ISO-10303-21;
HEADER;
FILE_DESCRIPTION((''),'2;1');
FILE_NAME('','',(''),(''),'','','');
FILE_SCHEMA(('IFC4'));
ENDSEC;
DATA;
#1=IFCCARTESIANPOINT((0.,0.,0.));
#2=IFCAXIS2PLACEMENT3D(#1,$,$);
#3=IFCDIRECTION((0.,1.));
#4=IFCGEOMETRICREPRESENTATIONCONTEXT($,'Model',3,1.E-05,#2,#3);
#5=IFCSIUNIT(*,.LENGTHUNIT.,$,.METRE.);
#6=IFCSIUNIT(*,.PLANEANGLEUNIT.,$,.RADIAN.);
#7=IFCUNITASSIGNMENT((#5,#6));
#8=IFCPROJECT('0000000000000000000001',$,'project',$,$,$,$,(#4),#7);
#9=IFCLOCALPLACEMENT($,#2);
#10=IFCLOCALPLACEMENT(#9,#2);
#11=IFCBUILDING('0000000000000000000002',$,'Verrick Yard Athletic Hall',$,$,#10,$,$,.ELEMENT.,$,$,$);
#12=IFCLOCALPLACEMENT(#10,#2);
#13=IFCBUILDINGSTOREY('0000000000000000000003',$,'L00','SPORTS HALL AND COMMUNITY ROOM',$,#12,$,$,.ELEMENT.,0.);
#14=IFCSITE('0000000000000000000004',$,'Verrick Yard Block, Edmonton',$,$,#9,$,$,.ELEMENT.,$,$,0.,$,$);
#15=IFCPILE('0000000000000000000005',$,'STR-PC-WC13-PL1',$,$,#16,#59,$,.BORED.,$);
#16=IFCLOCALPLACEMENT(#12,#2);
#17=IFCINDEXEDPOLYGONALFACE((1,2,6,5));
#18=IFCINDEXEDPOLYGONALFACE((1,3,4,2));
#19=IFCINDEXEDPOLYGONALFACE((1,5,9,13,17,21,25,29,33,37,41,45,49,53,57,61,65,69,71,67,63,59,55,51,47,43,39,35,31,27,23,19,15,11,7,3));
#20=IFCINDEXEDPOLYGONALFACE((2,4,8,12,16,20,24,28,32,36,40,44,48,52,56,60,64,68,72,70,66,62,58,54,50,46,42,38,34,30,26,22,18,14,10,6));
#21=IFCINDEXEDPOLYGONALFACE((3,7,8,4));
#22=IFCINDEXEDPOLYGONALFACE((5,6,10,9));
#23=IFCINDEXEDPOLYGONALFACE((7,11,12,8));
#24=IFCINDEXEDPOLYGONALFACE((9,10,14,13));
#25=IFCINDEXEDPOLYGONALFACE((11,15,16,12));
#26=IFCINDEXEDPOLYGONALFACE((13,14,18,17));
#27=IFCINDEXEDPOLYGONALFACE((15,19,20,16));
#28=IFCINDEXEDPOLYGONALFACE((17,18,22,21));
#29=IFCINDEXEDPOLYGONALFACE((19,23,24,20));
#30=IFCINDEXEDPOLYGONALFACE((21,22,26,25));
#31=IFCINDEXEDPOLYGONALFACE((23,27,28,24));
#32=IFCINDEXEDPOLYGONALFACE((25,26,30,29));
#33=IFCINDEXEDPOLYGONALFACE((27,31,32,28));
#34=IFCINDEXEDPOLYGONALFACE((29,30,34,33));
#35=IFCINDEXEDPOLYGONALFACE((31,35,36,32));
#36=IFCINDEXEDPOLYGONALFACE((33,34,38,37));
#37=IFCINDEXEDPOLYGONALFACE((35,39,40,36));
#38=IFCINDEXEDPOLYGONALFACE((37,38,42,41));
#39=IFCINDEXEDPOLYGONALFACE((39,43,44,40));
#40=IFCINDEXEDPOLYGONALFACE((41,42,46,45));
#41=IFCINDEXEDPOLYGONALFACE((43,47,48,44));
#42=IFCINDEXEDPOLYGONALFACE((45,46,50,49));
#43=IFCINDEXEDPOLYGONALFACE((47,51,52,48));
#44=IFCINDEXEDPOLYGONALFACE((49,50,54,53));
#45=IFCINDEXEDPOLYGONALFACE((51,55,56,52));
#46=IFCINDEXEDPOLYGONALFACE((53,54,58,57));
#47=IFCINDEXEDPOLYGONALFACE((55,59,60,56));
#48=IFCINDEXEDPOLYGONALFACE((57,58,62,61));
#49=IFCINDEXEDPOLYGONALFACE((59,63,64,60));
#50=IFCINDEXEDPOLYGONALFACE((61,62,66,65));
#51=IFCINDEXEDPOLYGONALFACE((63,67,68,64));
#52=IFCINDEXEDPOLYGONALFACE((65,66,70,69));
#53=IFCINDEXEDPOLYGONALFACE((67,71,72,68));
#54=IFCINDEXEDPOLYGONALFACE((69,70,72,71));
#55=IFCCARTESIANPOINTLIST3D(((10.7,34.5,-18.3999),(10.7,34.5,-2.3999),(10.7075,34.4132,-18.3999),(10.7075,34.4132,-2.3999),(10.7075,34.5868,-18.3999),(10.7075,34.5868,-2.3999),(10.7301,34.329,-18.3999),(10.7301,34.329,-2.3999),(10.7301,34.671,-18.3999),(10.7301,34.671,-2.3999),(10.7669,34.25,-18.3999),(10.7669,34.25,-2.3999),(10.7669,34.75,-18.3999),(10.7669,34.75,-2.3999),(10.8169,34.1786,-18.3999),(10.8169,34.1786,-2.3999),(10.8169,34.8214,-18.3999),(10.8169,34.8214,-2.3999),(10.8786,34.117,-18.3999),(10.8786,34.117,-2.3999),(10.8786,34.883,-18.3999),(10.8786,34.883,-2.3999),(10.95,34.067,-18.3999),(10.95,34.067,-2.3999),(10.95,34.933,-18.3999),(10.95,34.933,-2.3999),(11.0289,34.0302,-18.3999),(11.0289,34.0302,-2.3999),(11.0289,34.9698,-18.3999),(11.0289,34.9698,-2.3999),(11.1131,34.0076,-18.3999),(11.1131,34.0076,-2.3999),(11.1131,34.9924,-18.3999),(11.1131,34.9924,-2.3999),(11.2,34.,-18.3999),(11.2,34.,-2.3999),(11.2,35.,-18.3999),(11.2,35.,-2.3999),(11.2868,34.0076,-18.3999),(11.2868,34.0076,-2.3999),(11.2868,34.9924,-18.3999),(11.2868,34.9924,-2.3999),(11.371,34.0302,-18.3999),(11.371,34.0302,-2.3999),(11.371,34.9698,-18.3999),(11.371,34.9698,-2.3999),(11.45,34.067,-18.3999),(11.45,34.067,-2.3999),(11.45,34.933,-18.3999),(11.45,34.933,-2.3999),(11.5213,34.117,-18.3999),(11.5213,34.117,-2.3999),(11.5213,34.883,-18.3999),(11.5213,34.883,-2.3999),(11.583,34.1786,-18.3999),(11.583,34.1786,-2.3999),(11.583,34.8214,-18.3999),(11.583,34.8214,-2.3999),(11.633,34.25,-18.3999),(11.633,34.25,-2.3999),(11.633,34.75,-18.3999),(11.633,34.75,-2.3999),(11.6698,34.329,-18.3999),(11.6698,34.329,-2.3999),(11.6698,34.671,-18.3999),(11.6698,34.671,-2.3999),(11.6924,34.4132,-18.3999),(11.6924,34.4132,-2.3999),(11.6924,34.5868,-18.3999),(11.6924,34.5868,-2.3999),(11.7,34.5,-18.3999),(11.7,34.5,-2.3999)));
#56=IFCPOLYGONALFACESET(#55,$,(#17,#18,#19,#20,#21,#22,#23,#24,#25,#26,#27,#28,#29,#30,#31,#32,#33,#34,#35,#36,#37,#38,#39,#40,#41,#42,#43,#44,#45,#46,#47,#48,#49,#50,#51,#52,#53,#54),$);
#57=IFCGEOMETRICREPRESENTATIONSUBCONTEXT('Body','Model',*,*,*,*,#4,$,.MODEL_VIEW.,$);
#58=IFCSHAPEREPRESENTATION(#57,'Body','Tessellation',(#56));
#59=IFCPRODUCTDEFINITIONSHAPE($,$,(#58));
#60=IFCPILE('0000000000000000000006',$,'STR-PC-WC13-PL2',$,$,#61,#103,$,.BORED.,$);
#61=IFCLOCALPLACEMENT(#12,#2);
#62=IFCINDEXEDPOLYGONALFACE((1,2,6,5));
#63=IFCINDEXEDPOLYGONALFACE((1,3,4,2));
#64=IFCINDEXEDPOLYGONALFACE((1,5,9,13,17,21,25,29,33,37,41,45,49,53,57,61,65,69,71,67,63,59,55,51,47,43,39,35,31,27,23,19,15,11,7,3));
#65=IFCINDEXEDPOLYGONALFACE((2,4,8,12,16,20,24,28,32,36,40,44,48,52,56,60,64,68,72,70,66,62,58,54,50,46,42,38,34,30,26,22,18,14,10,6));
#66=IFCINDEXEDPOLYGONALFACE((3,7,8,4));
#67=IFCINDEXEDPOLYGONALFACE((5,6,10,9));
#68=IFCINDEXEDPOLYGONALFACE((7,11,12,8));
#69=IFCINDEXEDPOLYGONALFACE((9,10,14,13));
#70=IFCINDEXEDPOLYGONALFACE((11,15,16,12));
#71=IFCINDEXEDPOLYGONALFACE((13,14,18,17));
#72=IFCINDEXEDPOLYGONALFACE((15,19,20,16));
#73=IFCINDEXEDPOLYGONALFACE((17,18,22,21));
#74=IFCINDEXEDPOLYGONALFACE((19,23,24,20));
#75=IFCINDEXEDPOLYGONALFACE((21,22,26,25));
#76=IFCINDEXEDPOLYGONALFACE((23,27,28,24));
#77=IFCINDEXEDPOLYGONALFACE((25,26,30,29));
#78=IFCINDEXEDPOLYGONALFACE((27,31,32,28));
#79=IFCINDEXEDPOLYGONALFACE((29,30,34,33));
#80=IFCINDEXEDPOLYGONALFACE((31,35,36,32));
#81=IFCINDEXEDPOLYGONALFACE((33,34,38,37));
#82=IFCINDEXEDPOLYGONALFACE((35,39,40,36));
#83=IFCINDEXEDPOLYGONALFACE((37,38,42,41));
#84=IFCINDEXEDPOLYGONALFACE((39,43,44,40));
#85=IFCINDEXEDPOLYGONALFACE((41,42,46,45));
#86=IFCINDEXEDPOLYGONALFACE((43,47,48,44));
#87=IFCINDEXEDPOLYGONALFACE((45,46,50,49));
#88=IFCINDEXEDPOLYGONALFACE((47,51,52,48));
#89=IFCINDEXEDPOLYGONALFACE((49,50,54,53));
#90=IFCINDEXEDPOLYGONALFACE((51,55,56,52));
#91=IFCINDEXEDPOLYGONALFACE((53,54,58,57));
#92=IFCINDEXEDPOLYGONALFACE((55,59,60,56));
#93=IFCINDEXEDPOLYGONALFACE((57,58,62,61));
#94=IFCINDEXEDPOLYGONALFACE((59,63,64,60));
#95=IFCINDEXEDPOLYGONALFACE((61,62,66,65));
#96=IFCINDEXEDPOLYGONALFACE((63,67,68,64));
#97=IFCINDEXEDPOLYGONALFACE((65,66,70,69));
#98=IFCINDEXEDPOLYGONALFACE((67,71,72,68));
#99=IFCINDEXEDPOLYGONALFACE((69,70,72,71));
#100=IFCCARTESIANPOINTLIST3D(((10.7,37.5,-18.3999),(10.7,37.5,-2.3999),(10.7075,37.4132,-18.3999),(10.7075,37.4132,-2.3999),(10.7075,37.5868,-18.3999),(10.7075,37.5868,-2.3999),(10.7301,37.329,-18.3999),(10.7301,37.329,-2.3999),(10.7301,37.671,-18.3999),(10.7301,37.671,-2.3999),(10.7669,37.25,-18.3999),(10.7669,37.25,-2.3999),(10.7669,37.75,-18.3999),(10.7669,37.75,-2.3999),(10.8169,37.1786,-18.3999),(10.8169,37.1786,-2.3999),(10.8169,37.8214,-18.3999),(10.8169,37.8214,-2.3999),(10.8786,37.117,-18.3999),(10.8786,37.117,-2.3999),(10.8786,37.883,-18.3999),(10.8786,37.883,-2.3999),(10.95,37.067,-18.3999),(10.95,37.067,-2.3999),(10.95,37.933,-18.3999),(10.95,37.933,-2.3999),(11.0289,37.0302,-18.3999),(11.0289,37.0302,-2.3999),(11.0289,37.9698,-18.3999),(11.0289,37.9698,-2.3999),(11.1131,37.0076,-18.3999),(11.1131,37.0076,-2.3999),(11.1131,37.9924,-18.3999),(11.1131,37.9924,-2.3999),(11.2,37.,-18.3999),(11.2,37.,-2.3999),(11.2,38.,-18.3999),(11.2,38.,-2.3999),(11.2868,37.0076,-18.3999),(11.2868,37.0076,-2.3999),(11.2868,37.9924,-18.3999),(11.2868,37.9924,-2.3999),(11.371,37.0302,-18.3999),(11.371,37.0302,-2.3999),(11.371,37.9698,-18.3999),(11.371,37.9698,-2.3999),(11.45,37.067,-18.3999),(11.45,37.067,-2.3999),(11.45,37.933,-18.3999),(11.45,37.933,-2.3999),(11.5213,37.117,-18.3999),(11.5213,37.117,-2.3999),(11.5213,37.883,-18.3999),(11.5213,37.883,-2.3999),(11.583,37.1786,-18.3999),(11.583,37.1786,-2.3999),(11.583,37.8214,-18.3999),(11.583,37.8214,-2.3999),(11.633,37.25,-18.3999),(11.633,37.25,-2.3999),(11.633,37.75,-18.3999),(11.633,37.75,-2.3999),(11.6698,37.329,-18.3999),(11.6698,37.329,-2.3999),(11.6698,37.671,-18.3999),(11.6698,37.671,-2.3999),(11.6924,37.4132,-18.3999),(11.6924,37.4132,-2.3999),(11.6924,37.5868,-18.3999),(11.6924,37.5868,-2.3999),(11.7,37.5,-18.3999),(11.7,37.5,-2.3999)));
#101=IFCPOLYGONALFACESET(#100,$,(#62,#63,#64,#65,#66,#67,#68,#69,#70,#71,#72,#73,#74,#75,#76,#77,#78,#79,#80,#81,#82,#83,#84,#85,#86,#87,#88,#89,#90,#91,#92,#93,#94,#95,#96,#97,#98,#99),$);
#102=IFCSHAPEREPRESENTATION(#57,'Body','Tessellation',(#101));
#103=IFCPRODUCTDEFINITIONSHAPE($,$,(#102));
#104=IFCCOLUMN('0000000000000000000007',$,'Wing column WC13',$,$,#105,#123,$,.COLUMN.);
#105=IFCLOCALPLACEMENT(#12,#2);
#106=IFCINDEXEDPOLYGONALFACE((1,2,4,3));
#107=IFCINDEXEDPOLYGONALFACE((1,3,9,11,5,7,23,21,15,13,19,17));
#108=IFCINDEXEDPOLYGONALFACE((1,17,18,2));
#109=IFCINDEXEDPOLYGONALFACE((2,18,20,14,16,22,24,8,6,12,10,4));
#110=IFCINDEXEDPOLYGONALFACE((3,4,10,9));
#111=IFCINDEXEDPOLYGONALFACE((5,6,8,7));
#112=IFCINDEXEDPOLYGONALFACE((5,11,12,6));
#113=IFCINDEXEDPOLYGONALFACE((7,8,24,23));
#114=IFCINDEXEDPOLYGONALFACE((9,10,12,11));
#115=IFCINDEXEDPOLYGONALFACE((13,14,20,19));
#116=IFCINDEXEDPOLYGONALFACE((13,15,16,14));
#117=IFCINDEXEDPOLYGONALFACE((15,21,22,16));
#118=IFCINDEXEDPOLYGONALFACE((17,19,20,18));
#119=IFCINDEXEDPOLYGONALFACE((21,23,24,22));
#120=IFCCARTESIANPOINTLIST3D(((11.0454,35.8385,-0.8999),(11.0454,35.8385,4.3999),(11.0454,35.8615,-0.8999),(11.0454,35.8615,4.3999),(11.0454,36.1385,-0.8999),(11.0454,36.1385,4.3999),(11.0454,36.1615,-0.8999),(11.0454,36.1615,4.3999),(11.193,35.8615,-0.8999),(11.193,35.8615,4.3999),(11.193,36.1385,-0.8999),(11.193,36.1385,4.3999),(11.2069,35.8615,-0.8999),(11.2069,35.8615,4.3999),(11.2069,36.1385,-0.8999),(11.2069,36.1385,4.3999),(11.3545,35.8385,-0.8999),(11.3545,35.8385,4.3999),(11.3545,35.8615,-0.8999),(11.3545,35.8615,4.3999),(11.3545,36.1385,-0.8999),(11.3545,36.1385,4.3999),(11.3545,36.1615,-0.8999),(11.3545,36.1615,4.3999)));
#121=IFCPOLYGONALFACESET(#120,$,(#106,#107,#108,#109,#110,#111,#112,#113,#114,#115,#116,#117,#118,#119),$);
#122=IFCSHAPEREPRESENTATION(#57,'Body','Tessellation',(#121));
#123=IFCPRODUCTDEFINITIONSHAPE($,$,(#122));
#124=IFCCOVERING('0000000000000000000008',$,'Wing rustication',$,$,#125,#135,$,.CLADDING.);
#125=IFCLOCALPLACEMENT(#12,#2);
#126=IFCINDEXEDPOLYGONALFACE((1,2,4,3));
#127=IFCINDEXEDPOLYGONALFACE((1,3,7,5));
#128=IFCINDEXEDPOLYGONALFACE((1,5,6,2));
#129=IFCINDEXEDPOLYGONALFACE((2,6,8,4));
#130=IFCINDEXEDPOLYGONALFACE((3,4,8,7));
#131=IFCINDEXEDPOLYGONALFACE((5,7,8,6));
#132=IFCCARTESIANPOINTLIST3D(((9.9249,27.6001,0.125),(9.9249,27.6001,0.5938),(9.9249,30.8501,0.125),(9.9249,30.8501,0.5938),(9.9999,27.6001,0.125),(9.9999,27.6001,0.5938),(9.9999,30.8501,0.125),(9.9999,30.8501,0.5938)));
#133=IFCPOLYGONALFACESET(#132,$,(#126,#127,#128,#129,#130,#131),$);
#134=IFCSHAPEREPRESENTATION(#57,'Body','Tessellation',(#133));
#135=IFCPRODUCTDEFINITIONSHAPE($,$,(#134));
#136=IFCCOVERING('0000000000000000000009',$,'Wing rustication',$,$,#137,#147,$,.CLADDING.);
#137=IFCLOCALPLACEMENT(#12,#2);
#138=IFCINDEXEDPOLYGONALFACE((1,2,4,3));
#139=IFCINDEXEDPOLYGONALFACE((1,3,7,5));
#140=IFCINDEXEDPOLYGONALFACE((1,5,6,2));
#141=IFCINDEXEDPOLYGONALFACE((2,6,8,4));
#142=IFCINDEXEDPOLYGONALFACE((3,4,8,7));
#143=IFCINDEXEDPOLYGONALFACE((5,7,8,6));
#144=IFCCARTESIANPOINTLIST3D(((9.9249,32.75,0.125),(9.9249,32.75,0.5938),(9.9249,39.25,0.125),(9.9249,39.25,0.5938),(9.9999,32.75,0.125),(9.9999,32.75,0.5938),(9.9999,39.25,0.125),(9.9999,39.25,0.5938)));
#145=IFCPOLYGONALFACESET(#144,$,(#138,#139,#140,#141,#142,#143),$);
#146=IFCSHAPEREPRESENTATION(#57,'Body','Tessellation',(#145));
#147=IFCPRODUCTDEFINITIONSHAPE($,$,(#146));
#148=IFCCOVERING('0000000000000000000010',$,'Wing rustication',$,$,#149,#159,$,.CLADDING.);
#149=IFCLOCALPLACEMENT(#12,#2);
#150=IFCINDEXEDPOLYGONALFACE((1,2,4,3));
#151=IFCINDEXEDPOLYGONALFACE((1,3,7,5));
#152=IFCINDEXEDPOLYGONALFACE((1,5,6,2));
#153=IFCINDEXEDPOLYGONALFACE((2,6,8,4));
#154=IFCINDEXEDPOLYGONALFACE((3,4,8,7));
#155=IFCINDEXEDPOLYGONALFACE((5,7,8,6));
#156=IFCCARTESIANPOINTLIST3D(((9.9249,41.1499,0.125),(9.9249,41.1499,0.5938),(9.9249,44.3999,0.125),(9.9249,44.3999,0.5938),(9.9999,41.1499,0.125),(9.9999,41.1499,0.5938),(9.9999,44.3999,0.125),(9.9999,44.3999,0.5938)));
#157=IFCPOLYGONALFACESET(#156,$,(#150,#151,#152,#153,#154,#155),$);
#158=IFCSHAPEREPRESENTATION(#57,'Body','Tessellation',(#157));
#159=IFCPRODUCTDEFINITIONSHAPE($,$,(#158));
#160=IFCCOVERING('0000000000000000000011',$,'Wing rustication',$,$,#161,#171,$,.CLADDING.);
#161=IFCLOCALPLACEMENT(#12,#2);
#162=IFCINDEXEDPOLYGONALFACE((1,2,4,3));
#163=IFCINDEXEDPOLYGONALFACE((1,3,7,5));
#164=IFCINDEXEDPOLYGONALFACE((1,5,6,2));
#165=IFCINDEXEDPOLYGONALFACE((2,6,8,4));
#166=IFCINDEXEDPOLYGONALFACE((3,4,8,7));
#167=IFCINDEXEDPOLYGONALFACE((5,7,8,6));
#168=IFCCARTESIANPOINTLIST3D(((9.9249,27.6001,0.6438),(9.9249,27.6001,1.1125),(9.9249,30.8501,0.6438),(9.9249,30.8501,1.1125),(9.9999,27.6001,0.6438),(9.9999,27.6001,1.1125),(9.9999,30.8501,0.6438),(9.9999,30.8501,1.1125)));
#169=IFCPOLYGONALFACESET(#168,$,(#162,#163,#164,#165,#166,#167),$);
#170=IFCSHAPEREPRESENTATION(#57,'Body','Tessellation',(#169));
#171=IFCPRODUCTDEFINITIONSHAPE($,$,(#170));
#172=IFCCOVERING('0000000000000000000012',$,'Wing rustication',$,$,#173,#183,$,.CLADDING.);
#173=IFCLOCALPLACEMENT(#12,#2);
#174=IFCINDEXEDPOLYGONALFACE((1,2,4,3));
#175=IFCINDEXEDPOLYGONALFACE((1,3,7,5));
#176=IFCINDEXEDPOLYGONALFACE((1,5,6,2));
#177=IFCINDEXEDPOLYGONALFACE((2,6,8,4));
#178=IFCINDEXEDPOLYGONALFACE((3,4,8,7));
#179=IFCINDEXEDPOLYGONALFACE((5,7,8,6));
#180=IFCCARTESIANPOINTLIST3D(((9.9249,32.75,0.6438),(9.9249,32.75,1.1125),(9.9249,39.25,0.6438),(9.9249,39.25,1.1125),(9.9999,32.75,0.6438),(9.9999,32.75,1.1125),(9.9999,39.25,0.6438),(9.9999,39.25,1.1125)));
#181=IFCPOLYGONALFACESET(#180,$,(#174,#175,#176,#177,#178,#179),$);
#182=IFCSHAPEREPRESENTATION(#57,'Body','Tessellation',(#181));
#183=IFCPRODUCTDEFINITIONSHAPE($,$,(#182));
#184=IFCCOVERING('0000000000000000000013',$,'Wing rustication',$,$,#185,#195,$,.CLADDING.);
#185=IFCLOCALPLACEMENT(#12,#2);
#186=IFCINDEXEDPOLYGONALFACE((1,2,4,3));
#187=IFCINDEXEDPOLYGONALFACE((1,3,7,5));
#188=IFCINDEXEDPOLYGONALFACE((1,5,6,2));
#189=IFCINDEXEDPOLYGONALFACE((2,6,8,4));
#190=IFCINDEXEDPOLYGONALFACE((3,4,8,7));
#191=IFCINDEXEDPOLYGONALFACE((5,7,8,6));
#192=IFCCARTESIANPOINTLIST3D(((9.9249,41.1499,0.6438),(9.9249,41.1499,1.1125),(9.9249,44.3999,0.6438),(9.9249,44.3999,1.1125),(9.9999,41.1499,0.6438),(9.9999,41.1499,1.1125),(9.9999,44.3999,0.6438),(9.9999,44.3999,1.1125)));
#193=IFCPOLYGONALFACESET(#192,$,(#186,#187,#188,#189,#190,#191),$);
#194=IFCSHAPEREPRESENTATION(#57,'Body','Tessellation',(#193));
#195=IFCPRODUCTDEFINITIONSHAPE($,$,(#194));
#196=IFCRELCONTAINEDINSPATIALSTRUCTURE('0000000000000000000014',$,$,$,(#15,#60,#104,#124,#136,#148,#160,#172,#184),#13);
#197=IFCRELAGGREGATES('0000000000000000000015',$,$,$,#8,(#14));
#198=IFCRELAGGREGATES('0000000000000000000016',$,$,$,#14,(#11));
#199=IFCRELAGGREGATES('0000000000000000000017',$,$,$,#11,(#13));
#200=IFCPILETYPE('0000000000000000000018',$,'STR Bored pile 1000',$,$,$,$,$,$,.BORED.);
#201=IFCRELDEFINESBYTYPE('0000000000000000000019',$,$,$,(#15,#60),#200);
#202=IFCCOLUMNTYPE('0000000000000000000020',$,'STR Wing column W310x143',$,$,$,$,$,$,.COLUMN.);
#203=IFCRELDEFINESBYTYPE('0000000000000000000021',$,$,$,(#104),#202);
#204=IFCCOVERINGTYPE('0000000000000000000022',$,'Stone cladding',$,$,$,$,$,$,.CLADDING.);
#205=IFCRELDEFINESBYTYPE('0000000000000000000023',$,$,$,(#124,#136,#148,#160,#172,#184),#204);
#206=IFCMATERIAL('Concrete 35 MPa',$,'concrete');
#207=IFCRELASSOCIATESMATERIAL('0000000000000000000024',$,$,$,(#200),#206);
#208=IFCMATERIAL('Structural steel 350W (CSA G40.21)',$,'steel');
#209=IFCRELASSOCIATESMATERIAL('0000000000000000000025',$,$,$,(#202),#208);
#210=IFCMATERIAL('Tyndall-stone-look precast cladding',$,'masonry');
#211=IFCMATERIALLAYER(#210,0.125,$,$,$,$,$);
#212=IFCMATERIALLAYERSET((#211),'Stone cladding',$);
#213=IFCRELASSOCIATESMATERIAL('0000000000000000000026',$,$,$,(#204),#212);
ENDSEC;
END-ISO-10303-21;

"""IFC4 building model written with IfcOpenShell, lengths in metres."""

from ifc_helpers import new_model, si_unit, direction, frame, origin, origin_2d, place, context, subcontext, project, spatial, rectangle, circle, i_section, extrude, material, layer, layer_set, material_profile, profile_set, type_object, element, save


model = new_model("IFC4")

# Units and contexts
model_context = context("Model", 3, precision=1e-05, world=origin(), true_north=direction((0.0, 1.0)))
body_context = subcontext(model_context, "Body", "Model", "MODEL_VIEW")
ifc_project = project(units=[si_unit("LENGTHUNIT", "METRE"), si_unit("PLANEANGLEUNIT", "RADIAN")], contexts=[model_context])

# Site, building, storey
site_placement = place(None, origin())
site = spatial("IfcSite", under=ifc_project, at=site_placement, Name="Verrick Yard Block, Edmonton", CompositionType="ELEMENT", RefElevation=0.0)
building_placement = place(site_placement, origin())
building = spatial("IfcBuilding", under=site, at=building_placement, Name="Verrick Yard Athletic Hall", CompositionType="ELEMENT")
storey_placement = place(building_placement, origin())
storey = spatial("IfcBuildingStorey", under=building, at=storey_placement, Name="L00", Description="SPORTS HALL AND COMMUNITY ROOM", CompositionType="ELEMENT", Elevation=0.0)

# Piles
ifc_material_1 = material(Name="Concrete 35 MPa", Category="concrete")
pile_type = type_object("IfcPileType", Name="STR Bored pile 1000", PredefinedType="BORED", material=ifc_material_1)
for number, where, z_axis, x_axis, name in (
    (1, (11.2, 34.5, -2.3999), (0.0, 0.0, -1.0), (1.0, 0.0, 0.0), "STR-PC-WC13-PL1"),
    (2, (11.2, 37.5, -2.3999), (0.0, 0.0, -1.0), (1.0, 0.0, 0.0), "STR-PC-WC13-PL2"),
):
    element("IfcPile", number, at=place(storey_placement, frame(where, z_axis=z_axis, x_axis=x_axis)), inside=storey, type_object=pile_type, Name=name, PredefinedType="BORED", context=body_context, shape_type="SweptSolid", body=[
        extrude(circle(Radius=0.5, at=origin_2d()), origin(), (0.0, 0.0, 1.0), 16.0),
    ])

# Column
ifc_material_2 = material(Name="Structural steel 350W (CSA G40.21)", Category="steel")
ifc_material_profile = material_profile(ifc_material_2, i_section(OverallWidth=0.3091, OverallDepth=0.323, WebThickness=0.0139, FlangeThickness=0.0229, at=origin_2d()), Name="W310x143")
ifc_profile_set = profile_set([ifc_material_profile], Name="Structural steel 350W (CSA G40.21)")
column_type = type_object("IfcColumnType", Name="STR Wing column W310x143", PredefinedType="COLUMN", material=ifc_profile_set)
column_placement = place(storey_placement, frame((11.2, 36.0, -0.8999), z_axis=(0.0, 0.0, 1.0), x_axis=(1.0, 0.0, 0.0)))
element("IfcColumn", 3, at=column_placement, inside=storey, type_object=column_type, Name="Wing column WC13", PredefinedType="COLUMN", context=body_context, shape_type="SweptSolid", body=[
    extrude(i_section(OverallWidth=0.3091, OverallDepth=0.323, WebThickness=0.0139, FlangeThickness=0.0229, at=origin_2d()), origin(), (0.0, 0.0, 1.0), 5.2998),
])

# Coverings
ifc_material_3 = material(Name="Tyndall-stone-look precast cladding", Category="masonry")
ifc_layer_1 = layer(ifc_material_3, 0.125)
ifc_layer_set_1 = layer_set([ifc_layer_1], Name="Stone cladding")
covering_type_1 = type_object("IfcCoveringType", Name="Stone cladding", PredefinedType="CLADDING", material=ifc_layer_set_1)
covering_1_placement = place(storey_placement, frame((9.9624, 29.2251, 0.125), z_axis=(0.0, 0.0, 1.0), x_axis=(0.0, 1.0, 0.0)))
element("IfcCovering", 4, at=covering_1_placement, inside=storey, type_object=covering_type_1, Name="Wing rustication", PredefinedType="CLADDING", context=body_context, shape_type="SweptSolid", body=[
    extrude(rectangle(XDim=3.25, YDim=0.075, at=origin_2d()), origin(), (0.0, 0.0, 1.0), 0.4688),
])
covering_2_placement = place(storey_placement, frame((9.9624, 36.0, 0.125), z_axis=(0.0, 0.0, 1.0), x_axis=(0.0, 1.0, 0.0)))
element("IfcCovering", 5, at=covering_2_placement, inside=storey, type_object=covering_type_1, Name="Wing rustication", PredefinedType="CLADDING", context=body_context, shape_type="SweptSolid", body=[
    extrude(rectangle(XDim=6.5, YDim=0.075, at=origin_2d()), origin(), (0.0, 0.0, 1.0), 0.4688),
])
for number, where, z_axis, x_axis, name in (
    (6, (9.9624, 42.7749, 0.125), (0.0, 0.0, 1.0), (0.0, 1.0, 0.0), "Wing rustication"),
    (7, (9.9624, 29.2251, 0.6438), (0.0, 0.0, 1.0), (0.0, 1.0, 0.0), "Wing rustication"),
):
    element("IfcCovering", number, at=place(storey_placement, frame(where, z_axis=z_axis, x_axis=x_axis)), inside=storey, type_object=covering_type_1, Name=name, PredefinedType="CLADDING", context=body_context, shape_type="SweptSolid", body=[
        extrude(rectangle(XDim=3.25, YDim=0.075, at=origin_2d()), origin(), (0.0, 0.0, 1.0), 0.4688),
    ])
covering_3_placement = place(storey_placement, frame((9.9624, 36.0, 0.6438), z_axis=(0.0, 0.0, 1.0), x_axis=(0.0, 1.0, 0.0)))
element("IfcCovering", 8, at=covering_3_placement, inside=storey, type_object=covering_type_1, Name="Wing rustication", PredefinedType="CLADDING", context=body_context, shape_type="SweptSolid", body=[
    extrude(rectangle(XDim=6.5, YDim=0.075, at=origin_2d()), origin(), (0.0, 0.0, 1.0), 0.4688),
])
for number, where, z_axis, x_axis, name in (
    (9, (9.9624, 42.7749, 0.6438), (0.0, 0.0, 1.0), (0.0, 1.0, 0.0), "Wing rustication"),
):
    element("IfcCovering", number, at=place(storey_placement, frame(where, z_axis=z_axis, x_axis=x_axis)), inside=storey, type_object=covering_type_1, Name=name, PredefinedType="CLADDING", context=body_context, shape_type="SweptSolid", body=[
        extrude(rectangle(XDim=3.25, YDim=0.075, at=origin_2d()), origin(), (0.0, 0.0, 1.0), 0.4688),
    ])

save(model, "model.ifc")
